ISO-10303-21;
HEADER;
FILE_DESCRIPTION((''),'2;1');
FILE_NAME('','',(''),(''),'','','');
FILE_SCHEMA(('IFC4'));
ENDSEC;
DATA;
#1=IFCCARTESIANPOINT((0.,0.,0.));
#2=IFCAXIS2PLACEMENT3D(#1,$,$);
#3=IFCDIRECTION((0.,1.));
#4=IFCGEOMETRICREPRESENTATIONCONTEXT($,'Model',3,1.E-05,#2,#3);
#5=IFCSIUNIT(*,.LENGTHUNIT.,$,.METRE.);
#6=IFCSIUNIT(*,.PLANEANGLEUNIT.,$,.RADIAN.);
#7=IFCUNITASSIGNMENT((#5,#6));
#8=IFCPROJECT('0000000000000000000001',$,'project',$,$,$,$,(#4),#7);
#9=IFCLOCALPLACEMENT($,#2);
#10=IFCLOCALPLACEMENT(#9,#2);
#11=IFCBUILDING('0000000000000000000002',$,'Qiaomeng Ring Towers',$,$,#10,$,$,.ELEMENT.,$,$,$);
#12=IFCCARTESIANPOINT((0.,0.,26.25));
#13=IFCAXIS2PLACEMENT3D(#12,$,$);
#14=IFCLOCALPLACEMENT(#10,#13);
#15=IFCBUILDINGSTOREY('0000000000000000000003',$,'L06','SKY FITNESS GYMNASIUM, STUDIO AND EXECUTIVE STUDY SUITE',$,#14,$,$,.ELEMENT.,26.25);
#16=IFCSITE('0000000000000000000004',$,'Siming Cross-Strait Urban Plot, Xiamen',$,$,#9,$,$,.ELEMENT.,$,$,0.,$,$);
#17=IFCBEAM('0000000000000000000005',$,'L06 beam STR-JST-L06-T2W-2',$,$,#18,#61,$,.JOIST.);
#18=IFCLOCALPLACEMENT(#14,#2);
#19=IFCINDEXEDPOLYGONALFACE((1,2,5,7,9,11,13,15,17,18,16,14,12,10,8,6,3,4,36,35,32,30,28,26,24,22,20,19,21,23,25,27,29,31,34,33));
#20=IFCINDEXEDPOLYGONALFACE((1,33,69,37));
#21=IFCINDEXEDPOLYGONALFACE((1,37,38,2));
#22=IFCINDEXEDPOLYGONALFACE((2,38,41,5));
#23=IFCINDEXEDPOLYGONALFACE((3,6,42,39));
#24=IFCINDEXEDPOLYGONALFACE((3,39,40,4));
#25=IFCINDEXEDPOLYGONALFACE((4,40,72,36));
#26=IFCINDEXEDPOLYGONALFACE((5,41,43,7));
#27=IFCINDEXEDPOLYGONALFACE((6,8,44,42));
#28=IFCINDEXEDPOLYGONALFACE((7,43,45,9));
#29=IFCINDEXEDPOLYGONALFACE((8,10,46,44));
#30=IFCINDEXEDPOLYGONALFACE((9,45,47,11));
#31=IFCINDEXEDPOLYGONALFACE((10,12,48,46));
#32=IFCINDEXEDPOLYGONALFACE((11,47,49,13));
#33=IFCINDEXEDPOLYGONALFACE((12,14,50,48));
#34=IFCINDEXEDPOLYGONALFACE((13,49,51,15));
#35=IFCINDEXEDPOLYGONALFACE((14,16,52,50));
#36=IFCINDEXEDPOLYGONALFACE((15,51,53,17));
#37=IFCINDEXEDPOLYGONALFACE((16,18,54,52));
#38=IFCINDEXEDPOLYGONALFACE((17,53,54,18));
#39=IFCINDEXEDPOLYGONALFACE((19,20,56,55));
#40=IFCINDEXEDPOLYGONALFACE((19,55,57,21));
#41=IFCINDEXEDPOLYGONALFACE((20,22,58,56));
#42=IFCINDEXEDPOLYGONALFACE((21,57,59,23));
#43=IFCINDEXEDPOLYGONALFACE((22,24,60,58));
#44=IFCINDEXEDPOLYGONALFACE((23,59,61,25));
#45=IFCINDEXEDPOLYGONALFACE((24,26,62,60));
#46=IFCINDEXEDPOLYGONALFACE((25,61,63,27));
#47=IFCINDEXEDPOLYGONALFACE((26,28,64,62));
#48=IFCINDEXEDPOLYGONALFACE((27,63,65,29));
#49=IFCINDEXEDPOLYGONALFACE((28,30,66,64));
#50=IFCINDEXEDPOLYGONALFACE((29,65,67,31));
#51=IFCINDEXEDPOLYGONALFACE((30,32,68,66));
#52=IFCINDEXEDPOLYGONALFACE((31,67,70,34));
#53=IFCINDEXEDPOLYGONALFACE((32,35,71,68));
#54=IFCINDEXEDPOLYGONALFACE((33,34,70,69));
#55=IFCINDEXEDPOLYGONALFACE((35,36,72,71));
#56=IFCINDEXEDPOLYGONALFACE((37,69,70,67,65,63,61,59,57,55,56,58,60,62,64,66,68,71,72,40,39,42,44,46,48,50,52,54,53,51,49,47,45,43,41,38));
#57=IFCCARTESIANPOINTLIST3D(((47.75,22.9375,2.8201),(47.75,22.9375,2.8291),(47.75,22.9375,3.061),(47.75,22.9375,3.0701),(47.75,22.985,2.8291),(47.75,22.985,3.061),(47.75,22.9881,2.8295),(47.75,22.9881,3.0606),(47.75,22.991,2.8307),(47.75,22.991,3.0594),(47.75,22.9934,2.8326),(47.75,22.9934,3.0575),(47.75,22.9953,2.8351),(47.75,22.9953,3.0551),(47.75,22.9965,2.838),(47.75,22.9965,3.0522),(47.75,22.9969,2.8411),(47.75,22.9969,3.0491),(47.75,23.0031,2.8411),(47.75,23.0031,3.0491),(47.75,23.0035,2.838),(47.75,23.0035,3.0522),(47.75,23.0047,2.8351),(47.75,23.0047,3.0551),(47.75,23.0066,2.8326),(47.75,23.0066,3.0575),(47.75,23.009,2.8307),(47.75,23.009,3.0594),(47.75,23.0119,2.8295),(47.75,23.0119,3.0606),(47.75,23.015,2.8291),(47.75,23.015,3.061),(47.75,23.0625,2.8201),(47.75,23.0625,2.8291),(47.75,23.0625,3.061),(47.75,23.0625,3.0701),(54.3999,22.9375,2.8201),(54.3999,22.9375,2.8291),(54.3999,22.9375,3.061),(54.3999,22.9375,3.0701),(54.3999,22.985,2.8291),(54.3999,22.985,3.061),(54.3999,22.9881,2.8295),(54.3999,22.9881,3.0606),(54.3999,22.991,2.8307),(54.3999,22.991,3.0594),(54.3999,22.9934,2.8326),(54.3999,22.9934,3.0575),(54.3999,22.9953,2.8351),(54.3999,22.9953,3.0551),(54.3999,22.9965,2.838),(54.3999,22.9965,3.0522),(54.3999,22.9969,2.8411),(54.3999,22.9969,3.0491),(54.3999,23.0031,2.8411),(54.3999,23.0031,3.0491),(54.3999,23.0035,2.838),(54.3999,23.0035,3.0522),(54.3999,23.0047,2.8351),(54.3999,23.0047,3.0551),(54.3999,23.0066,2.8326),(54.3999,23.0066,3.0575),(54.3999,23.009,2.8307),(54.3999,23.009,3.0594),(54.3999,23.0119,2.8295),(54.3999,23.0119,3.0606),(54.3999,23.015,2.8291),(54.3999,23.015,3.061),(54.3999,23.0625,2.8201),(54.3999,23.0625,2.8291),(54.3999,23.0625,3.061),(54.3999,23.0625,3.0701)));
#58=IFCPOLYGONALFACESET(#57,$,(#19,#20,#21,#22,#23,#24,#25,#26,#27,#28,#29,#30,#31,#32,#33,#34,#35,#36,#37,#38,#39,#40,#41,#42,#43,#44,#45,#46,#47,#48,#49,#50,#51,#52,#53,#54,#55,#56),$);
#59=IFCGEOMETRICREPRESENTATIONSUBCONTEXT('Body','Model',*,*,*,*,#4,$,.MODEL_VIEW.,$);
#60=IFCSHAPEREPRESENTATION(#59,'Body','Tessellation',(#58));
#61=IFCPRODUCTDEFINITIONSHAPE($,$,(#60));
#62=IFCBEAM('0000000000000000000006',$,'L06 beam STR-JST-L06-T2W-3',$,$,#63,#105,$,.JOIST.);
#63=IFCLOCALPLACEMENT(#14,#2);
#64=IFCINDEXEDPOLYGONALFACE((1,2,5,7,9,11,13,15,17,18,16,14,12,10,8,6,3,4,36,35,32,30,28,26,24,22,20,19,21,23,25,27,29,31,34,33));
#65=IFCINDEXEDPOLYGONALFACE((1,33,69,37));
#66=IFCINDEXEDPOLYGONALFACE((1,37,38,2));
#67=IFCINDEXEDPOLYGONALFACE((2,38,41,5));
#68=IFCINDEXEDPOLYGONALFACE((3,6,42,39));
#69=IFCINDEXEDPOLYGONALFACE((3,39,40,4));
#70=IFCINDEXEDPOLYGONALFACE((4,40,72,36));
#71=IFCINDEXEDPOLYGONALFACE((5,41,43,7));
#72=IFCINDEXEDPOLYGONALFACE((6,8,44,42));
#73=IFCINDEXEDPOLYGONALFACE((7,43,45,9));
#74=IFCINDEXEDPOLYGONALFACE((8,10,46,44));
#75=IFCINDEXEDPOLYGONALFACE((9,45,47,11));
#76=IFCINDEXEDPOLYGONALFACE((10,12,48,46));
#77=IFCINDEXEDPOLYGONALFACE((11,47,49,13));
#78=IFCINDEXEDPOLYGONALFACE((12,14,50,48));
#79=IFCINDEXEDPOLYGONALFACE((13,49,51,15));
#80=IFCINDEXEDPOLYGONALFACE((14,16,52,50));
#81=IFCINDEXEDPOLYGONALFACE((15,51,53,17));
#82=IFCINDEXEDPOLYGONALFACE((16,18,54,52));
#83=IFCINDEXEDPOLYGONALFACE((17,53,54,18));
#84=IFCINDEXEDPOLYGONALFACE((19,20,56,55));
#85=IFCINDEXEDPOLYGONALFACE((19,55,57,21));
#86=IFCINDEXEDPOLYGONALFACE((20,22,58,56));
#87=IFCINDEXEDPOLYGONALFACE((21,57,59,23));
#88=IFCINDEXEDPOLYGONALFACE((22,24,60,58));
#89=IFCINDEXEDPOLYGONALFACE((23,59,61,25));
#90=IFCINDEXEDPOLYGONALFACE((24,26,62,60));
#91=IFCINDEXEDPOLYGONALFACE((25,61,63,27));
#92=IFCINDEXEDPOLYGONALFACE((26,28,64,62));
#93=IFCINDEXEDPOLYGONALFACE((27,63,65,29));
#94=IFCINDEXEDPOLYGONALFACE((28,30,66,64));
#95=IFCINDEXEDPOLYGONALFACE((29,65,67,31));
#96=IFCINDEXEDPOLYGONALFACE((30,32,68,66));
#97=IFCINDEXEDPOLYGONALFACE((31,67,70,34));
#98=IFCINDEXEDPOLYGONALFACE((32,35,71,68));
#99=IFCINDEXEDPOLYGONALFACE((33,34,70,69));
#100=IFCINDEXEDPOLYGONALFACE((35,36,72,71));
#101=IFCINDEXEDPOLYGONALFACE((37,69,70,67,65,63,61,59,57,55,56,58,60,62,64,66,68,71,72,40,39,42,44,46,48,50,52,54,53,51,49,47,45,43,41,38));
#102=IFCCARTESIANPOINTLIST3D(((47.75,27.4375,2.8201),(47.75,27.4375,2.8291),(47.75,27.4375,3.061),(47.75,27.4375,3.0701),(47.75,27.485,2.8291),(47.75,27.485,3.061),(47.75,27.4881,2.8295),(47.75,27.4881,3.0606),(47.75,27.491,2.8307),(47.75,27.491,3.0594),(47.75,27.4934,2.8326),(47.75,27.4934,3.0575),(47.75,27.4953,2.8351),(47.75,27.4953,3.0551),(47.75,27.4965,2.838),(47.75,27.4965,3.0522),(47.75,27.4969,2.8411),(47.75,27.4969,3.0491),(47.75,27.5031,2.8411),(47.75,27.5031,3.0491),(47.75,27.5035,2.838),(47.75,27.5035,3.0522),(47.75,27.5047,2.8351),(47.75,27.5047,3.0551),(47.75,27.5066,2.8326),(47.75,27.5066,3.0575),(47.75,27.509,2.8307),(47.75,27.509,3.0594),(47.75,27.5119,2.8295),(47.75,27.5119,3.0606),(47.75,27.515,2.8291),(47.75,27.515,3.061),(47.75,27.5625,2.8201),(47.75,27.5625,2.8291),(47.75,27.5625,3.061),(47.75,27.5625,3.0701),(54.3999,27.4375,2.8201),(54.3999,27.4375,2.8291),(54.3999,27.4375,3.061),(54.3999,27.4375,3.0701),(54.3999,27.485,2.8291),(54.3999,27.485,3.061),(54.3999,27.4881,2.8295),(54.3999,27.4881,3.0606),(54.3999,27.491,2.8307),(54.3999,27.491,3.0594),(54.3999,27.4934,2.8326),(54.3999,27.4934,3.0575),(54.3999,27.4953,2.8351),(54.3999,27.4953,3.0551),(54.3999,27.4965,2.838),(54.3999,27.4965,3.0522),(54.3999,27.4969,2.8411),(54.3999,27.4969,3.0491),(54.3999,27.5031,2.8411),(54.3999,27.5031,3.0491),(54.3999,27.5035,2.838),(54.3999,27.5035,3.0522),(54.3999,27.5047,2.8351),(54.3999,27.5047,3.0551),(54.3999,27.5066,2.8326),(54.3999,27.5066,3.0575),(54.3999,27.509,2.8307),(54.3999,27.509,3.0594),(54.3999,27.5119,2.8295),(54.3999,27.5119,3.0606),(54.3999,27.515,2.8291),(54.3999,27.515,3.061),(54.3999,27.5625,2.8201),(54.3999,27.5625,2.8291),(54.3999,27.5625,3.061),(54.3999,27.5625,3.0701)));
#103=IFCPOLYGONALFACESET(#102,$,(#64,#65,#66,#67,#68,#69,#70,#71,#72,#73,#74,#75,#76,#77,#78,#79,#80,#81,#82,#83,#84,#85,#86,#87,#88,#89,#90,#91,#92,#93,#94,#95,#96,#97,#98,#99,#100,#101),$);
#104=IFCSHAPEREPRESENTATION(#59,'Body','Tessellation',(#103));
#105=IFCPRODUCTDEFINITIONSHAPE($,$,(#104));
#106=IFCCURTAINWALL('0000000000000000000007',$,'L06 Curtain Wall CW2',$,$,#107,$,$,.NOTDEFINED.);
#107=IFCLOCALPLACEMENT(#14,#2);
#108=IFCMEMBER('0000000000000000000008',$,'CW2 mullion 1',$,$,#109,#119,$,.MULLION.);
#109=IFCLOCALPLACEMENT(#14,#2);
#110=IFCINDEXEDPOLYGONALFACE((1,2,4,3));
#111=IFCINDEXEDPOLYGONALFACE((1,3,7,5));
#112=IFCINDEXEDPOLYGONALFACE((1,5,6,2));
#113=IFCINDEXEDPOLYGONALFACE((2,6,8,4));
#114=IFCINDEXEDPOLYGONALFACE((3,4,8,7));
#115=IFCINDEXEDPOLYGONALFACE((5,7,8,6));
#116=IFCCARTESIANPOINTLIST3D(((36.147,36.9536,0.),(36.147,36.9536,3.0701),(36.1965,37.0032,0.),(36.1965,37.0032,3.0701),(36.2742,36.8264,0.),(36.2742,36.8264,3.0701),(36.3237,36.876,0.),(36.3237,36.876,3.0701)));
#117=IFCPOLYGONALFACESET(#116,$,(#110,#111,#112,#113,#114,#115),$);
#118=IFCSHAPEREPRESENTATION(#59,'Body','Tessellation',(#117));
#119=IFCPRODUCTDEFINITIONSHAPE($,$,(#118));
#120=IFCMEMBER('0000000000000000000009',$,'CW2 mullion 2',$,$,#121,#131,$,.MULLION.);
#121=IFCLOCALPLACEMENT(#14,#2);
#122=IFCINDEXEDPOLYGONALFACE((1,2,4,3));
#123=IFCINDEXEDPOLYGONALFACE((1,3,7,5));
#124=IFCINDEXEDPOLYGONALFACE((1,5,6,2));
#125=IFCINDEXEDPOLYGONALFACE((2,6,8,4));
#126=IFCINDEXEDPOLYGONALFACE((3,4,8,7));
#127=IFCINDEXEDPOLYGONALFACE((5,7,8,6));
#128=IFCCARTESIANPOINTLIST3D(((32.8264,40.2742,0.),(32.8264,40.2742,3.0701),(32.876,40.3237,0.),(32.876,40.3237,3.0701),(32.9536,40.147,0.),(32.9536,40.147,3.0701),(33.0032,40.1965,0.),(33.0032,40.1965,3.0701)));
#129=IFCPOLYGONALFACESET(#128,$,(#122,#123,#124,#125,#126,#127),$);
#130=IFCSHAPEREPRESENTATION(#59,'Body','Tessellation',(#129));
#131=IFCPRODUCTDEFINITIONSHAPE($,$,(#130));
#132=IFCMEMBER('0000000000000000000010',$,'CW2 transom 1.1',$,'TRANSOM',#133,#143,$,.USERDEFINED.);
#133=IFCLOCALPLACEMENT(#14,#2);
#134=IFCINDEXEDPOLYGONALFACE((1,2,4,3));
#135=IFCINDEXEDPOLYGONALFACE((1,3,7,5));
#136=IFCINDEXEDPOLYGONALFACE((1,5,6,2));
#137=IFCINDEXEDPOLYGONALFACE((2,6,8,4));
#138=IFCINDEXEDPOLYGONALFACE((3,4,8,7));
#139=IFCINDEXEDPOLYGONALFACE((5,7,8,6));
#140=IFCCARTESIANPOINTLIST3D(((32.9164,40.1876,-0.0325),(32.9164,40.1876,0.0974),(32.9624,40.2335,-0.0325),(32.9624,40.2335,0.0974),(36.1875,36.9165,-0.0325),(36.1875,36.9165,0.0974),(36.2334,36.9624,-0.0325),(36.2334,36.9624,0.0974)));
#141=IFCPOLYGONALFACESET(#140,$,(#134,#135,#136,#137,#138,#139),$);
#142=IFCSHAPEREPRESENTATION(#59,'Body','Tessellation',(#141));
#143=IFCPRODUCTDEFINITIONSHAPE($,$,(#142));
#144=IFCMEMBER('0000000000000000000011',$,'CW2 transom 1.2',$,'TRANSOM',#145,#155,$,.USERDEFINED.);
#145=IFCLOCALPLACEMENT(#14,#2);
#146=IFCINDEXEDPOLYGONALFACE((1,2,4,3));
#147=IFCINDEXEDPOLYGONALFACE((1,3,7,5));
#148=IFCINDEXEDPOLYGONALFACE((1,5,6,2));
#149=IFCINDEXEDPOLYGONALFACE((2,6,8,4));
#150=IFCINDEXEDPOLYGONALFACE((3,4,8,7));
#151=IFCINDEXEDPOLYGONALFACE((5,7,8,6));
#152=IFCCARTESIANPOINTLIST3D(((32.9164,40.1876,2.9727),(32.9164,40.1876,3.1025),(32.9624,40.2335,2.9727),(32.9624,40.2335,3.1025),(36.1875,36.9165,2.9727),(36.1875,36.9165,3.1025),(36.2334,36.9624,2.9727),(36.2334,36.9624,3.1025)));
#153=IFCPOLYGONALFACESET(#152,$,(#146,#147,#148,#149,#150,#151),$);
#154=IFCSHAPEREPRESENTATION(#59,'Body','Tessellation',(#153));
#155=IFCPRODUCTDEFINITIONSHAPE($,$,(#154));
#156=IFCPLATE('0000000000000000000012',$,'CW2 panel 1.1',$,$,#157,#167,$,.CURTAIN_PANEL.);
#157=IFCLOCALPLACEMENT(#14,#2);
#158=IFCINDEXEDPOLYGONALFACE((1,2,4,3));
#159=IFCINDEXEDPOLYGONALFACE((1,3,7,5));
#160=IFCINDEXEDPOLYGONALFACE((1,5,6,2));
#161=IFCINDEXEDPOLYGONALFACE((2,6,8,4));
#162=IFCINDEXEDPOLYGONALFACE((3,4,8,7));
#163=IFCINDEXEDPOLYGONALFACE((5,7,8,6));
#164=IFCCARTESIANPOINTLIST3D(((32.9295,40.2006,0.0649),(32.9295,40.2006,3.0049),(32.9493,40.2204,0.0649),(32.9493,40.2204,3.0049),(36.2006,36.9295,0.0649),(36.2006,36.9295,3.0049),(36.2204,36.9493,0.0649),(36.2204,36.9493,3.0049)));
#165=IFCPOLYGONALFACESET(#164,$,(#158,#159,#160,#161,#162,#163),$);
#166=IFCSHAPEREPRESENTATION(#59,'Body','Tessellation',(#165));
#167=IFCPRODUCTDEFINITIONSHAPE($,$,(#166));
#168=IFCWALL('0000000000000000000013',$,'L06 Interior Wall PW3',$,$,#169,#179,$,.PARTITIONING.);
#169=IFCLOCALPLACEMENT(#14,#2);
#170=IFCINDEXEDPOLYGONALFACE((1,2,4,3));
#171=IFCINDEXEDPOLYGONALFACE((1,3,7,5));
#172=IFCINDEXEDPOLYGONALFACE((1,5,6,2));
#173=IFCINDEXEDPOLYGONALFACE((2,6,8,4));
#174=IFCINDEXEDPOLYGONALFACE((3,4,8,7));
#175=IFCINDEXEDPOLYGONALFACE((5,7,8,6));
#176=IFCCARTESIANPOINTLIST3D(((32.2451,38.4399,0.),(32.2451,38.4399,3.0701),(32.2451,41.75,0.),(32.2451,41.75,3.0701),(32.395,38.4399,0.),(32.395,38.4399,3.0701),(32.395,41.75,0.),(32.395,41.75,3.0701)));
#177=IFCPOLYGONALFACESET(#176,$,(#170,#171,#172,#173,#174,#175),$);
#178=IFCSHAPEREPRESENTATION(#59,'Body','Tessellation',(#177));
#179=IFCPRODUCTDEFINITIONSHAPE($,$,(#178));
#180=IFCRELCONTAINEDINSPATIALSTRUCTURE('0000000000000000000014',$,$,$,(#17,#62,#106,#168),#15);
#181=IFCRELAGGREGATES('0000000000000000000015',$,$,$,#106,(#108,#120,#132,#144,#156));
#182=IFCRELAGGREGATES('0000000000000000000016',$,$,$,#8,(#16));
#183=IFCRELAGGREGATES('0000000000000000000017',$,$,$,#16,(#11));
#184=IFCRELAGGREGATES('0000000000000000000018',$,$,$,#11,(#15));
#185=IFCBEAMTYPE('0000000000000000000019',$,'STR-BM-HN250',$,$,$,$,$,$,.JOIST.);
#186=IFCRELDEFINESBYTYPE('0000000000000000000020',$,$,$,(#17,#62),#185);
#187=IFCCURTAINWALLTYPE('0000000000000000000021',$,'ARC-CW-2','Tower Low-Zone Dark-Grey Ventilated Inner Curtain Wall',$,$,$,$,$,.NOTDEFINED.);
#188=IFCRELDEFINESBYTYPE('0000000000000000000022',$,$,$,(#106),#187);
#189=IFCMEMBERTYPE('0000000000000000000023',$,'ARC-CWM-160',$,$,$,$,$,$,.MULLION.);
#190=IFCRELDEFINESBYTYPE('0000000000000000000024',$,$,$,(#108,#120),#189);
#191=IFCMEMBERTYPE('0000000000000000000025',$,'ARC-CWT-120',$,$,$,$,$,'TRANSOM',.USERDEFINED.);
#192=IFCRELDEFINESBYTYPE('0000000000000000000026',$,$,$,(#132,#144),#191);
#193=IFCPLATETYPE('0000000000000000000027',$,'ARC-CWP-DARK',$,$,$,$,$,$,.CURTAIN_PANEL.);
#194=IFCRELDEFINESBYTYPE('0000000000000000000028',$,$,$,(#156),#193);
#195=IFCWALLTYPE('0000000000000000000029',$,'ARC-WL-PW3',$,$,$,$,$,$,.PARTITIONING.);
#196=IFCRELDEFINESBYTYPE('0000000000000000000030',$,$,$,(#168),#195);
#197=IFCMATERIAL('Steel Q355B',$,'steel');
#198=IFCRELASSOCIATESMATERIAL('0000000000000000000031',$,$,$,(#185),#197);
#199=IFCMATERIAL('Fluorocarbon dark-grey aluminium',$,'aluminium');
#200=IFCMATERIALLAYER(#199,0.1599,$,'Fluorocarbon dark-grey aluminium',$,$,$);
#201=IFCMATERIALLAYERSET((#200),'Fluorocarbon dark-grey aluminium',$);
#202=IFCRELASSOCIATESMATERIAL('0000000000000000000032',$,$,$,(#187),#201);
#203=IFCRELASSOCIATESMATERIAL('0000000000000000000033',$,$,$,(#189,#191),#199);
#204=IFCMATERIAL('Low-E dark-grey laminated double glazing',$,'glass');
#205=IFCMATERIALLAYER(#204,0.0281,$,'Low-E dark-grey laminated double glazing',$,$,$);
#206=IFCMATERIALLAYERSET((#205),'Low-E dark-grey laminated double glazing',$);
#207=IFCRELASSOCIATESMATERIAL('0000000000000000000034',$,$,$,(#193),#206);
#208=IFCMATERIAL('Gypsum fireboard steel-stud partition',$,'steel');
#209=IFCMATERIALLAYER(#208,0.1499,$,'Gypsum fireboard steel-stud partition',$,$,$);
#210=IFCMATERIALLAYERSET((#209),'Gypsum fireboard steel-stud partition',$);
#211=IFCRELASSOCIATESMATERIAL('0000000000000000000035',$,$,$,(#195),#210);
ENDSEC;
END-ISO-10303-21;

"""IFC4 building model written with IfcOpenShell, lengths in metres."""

from ifc_helpers import new_model, si_unit, direction, frame, frame_2d, origin, origin_2d, place, context, subcontext, project, spatial, rectangle, i_section, extrude, source, transform, mapped, material, layer, layer_set, material_profile, profile_set, type_object, element, aggregate, save


model = new_model("IFC4")

# Units and contexts
model_context = context("Model", 3, precision=1e-05, world=origin(), true_north=direction((0.0, 1.0)))
body_context = subcontext(model_context, "Body", "Model", "MODEL_VIEW")
ifc_project = project(units=[si_unit("LENGTHUNIT", "METRE"), si_unit("PLANEANGLEUNIT", "RADIAN")], contexts=[model_context])

# Site, building, storey
site_placement = place(None, origin())
site = spatial("IfcSite", under=ifc_project, at=site_placement, Name="Siming Cross-Strait Urban Plot, Xiamen", CompositionType="ELEMENT", RefElevation=0.0)
building_placement = place(site_placement, origin())
building = spatial("IfcBuilding", under=site, at=building_placement, Name="Qiaomeng Ring Towers", CompositionType="ELEMENT")
storey_placement = place(building_placement, frame((0.0, 0.0, 26.25)))
storey = spatial("IfcBuildingStorey", under=building, at=storey_placement, Name="L06", Description="SKY FITNESS GYMNASIUM, STUDIO AND EXECUTIVE STUDY SUITE", CompositionType="ELEMENT", Elevation=26.25)

# Beams
ifc_material_1 = material(Name="Steel Q355B", Category="steel")
ifc_material_profile_1 = material_profile(ifc_material_1, i_section(OverallWidth=0.125, OverallDepth=0.25, WebThickness=0.0061, FlangeThickness=0.009, FilletRadius=0.012, at=origin_2d()), Name="HN 250x125x6x9")
ifc_profile_set_1 = profile_set([ifc_material_profile_1], Name="Steel Q355B")
beam_type_1 = type_object("IfcBeamType", Name="STR-BM-HN250", PredefinedType="JOIST", material=ifc_profile_set_1)
shared_shape_1 = source(origin(), body_context, "Body", "SweptSolid", [
    extrude(i_section(OverallWidth=0.125, OverallDepth=0.25, WebThickness=0.0061, FlangeThickness=0.009, FilletRadius=0.012, at=origin_2d()), origin(), (0.0, 0.0, 1.0), 6.6499),
])
for number, where, z_axis, x_axis, name in (
    (1, (47.75, 23.0, 2.9451), (1.0, 0.0, 0.0), (0.0, 1.0, 0.0), "L06 beam STR-JST-L06-T2W-2"),
    (2, (47.75, 27.5, 2.9451), (1.0, 0.0, 0.0), (0.0, 1.0, 0.0), "L06 beam STR-JST-L06-T2W-3"),
):
    element("IfcBeam", number, at=place(storey_placement, frame(where, z_axis=z_axis, x_axis=x_axis)), inside=storey, type_object=beam_type_1, Name=name, PredefinedType="JOIST", context=body_context, shape_type="MappedRepresentation", body=[
        mapped(shared_shape_1, transform((0.0, 0.0, 0.0), x_axis=(1.0, 0.0, 0.0), y_axis=(0.0, 1.0, 0.0), z_axis=(0.0, 0.0, 1.0), scale=1.0)),
    ])

# Curtain wall, members, plate
ifc_material_2 = material(Name="Fluorocarbon dark-grey aluminium", Category="aluminium")
ifc_layer_1 = layer(ifc_material_2, 0.1599, Name="Fluorocarbon dark-grey aluminium")
ifc_layer_set_1 = layer_set([ifc_layer_1], Name="Fluorocarbon dark-grey aluminium")
curtain_wall_type = type_object("IfcCurtainWallType", Name="ARC-CW-2", Description="Tower Low-Zone Dark-Grey Ventilated Inner Curtain Wall", PredefinedType="NOTDEFINED", material=ifc_layer_set_1)
curtain_wall_placement = place(storey_placement, origin())
curtain_wall = element("IfcCurtainWall", 3, at=curtain_wall_placement, inside=storey, type_object=curtain_wall_type, Name="L06 Curtain Wall CW2", PredefinedType="NOTDEFINED")
ifc_material_profile_2 = material_profile(ifc_material_2, rectangle(XDim=0.0701, YDim=0.1799, at=origin_2d()), Name="ALU MULL 70x180")
ifc_profile_set_2 = profile_set([ifc_material_profile_2], Name="Fluorocarbon dark-grey aluminium")
member_type_1 = type_object("IfcMemberType", Name="ARC-CWM-160", PredefinedType="MULLION", material=ifc_profile_set_2)
shared_shape_2 = source(origin(), body_context, "Body", "SweptSolid", [
    extrude(rectangle(XDim=0.0701, YDim=0.1799, at=origin_2d()), origin(), (0.0, 0.0, 1.0), 3.0701),
])
member_1_placement = place(storey_placement, frame((36.2354, 36.9148, 0.0), z_axis=(0.0, 0.0, 1.0), x_axis=(-0.707107, -0.707107, 0.0)))
member_1 = element("IfcMember", 4, at=member_1_placement, type_object=member_type_1, Name="CW2 mullion 1", PredefinedType="MULLION", context=body_context, shape_type="MappedRepresentation", body=[
    mapped(shared_shape_2, transform((0.0, 0.0, 0.0), x_axis=(1.0, 0.0, 0.0), y_axis=(0.0, 1.0, 0.0), z_axis=(0.0, 0.0, 1.0), scale=1.0)),
])
member_2_placement = place(storey_placement, frame((32.9148, 40.2354, 0.0), z_axis=(0.0, 0.0, 1.0), x_axis=(-0.707107, -0.707107, 0.0)))
member_2 = element("IfcMember", 5, at=member_2_placement, type_object=member_type_1, Name="CW2 mullion 2", PredefinedType="MULLION", context=body_context, shape_type="MappedRepresentation", body=[
    mapped(shared_shape_2, transform((0.0, 0.0, 0.0), x_axis=(1.0, 0.0, 0.0), y_axis=(0.0, 1.0, 0.0), z_axis=(0.0, 0.0, 1.0), scale=1.0)),
])
ifc_material_profile_3 = material_profile(ifc_material_2, rectangle(XDim=0.0649, YDim=0.1299, at=origin_2d()), Name="ALU TRAN 65x130")
ifc_profile_set_3 = profile_set([ifc_material_profile_3], Name="Fluorocarbon dark-grey aluminium")
member_type_2 = type_object("IfcMemberType", Name="ARC-CWT-120", ElementType="TRANSOM", PredefinedType="USERDEFINED", material=ifc_profile_set_3)
shared_shape_3 = source(origin(), body_context, "Body", "SweptSolid", [
    extrude(rectangle(XDim=0.0649, YDim=0.1299, at=origin_2d()), origin(), (0.0, 0.0, 1.0), 4.626),
])
member_3_placement = place(storey_placement, frame((36.2104, 36.9395, 0.0325), z_axis=(-0.707107, 0.707107, 0.0), x_axis=(-0.707107, -0.707107, 0.0)))
member_3 = element("IfcMember", 6, at=member_3_placement, type_object=member_type_2, Name="CW2 transom 1.1", ObjectType="TRANSOM", PredefinedType="USERDEFINED", context=body_context, shape_type="MappedRepresentation", body=[
    mapped(shared_shape_3, transform((0.0, 0.0, 0.0), x_axis=(1.0, 0.0, 0.0), y_axis=(0.0, 1.0, 0.0), z_axis=(0.0, 0.0, 1.0), scale=1.0)),
])
member_4_placement = place(storey_placement, frame((36.2104, 36.9395, 3.0376), z_axis=(-0.707107, 0.707107, 0.0), x_axis=(-0.707107, -0.707107, 0.0)))
member_4 = element("IfcMember", 7, at=member_4_placement, type_object=member_type_2, Name="CW2 transom 1.2", ObjectType="TRANSOM", PredefinedType="USERDEFINED", context=body_context, shape_type="MappedRepresentation", body=[
    mapped(shared_shape_3, transform((0.0, 0.0, 0.0), x_axis=(1.0, 0.0, 0.0), y_axis=(0.0, 1.0, 0.0), z_axis=(0.0, 0.0, 1.0), scale=1.0)),
])
ifc_material_3 = material(Name="Low-E dark-grey laminated double glazing", Category="glass")
ifc_layer_2 = layer(ifc_material_3, 0.0281, Name="Low-E dark-grey laminated double glazing")
ifc_layer_set_2 = layer_set([ifc_layer_2], Name="Low-E dark-grey laminated double glazing")
plate_type = type_object("IfcPlateType", Name="ARC-CWP-DARK", PredefinedType="CURTAIN_PANEL", material=ifc_layer_set_2)
shared_shape_4 = source(origin(), body_context, "Body", "SweptSolid", [
    extrude(rectangle(XDim=4.626, YDim=0.0281, at=origin_2d()), origin(), (0.0, 0.0, 1.0), 2.9399),
])
plate_placement = place(storey_placement, frame((34.575, 38.575, 0.0649), z_axis=(0.0, 0.0, 1.0), x_axis=(-0.707107, 0.707107, 0.0)))
plate = element("IfcPlate", 8, at=plate_placement, type_object=plate_type, Name="CW2 panel 1.1", PredefinedType="CURTAIN_PANEL", context=body_context, shape_type="MappedRepresentation", body=[
    mapped(shared_shape_4, transform((0.0, 0.0, 0.0), x_axis=(1.0, 0.0, 0.0), y_axis=(0.0, 1.0, 0.0), z_axis=(0.0, 0.0, 1.0), scale=1.0)),
])
aggregate(curtain_wall, [member_1, member_2, member_3, member_4, plate])

# Wall
ifc_material_4 = material(Name="Gypsum fireboard steel-stud partition", Category="steel")
ifc_layer_3 = layer(ifc_material_4, 0.1499, Name="Gypsum fireboard steel-stud partition")
ifc_layer_set_3 = layer_set([ifc_layer_3], Name="Gypsum fireboard steel-stud partition")
wall_type_1 = type_object("IfcWallType", Name="ARC-WL-PW3", PredefinedType="PARTITIONING", material=ifc_layer_set_3)
wall_1_placement = place(storey_placement, frame((32.3201, 38.4399, 0.0), z_axis=(0.0, 0.0, 1.0), x_axis=(0.0, 1.0, 0.0)))
element("IfcWall", 9, at=wall_1_placement, inside=storey, type_object=wall_type_1, Name="L06 Interior Wall PW3", PredefinedType="PARTITIONING", context=body_context, shape_type="SweptSolid", body=[
    extrude(rectangle(XDim=3.3101, YDim=0.1499, at=frame_2d((1.655, 0.0))), origin(), (0.0, 0.0, 1.0), 3.0701),
])

save(model, "model.ifc")
